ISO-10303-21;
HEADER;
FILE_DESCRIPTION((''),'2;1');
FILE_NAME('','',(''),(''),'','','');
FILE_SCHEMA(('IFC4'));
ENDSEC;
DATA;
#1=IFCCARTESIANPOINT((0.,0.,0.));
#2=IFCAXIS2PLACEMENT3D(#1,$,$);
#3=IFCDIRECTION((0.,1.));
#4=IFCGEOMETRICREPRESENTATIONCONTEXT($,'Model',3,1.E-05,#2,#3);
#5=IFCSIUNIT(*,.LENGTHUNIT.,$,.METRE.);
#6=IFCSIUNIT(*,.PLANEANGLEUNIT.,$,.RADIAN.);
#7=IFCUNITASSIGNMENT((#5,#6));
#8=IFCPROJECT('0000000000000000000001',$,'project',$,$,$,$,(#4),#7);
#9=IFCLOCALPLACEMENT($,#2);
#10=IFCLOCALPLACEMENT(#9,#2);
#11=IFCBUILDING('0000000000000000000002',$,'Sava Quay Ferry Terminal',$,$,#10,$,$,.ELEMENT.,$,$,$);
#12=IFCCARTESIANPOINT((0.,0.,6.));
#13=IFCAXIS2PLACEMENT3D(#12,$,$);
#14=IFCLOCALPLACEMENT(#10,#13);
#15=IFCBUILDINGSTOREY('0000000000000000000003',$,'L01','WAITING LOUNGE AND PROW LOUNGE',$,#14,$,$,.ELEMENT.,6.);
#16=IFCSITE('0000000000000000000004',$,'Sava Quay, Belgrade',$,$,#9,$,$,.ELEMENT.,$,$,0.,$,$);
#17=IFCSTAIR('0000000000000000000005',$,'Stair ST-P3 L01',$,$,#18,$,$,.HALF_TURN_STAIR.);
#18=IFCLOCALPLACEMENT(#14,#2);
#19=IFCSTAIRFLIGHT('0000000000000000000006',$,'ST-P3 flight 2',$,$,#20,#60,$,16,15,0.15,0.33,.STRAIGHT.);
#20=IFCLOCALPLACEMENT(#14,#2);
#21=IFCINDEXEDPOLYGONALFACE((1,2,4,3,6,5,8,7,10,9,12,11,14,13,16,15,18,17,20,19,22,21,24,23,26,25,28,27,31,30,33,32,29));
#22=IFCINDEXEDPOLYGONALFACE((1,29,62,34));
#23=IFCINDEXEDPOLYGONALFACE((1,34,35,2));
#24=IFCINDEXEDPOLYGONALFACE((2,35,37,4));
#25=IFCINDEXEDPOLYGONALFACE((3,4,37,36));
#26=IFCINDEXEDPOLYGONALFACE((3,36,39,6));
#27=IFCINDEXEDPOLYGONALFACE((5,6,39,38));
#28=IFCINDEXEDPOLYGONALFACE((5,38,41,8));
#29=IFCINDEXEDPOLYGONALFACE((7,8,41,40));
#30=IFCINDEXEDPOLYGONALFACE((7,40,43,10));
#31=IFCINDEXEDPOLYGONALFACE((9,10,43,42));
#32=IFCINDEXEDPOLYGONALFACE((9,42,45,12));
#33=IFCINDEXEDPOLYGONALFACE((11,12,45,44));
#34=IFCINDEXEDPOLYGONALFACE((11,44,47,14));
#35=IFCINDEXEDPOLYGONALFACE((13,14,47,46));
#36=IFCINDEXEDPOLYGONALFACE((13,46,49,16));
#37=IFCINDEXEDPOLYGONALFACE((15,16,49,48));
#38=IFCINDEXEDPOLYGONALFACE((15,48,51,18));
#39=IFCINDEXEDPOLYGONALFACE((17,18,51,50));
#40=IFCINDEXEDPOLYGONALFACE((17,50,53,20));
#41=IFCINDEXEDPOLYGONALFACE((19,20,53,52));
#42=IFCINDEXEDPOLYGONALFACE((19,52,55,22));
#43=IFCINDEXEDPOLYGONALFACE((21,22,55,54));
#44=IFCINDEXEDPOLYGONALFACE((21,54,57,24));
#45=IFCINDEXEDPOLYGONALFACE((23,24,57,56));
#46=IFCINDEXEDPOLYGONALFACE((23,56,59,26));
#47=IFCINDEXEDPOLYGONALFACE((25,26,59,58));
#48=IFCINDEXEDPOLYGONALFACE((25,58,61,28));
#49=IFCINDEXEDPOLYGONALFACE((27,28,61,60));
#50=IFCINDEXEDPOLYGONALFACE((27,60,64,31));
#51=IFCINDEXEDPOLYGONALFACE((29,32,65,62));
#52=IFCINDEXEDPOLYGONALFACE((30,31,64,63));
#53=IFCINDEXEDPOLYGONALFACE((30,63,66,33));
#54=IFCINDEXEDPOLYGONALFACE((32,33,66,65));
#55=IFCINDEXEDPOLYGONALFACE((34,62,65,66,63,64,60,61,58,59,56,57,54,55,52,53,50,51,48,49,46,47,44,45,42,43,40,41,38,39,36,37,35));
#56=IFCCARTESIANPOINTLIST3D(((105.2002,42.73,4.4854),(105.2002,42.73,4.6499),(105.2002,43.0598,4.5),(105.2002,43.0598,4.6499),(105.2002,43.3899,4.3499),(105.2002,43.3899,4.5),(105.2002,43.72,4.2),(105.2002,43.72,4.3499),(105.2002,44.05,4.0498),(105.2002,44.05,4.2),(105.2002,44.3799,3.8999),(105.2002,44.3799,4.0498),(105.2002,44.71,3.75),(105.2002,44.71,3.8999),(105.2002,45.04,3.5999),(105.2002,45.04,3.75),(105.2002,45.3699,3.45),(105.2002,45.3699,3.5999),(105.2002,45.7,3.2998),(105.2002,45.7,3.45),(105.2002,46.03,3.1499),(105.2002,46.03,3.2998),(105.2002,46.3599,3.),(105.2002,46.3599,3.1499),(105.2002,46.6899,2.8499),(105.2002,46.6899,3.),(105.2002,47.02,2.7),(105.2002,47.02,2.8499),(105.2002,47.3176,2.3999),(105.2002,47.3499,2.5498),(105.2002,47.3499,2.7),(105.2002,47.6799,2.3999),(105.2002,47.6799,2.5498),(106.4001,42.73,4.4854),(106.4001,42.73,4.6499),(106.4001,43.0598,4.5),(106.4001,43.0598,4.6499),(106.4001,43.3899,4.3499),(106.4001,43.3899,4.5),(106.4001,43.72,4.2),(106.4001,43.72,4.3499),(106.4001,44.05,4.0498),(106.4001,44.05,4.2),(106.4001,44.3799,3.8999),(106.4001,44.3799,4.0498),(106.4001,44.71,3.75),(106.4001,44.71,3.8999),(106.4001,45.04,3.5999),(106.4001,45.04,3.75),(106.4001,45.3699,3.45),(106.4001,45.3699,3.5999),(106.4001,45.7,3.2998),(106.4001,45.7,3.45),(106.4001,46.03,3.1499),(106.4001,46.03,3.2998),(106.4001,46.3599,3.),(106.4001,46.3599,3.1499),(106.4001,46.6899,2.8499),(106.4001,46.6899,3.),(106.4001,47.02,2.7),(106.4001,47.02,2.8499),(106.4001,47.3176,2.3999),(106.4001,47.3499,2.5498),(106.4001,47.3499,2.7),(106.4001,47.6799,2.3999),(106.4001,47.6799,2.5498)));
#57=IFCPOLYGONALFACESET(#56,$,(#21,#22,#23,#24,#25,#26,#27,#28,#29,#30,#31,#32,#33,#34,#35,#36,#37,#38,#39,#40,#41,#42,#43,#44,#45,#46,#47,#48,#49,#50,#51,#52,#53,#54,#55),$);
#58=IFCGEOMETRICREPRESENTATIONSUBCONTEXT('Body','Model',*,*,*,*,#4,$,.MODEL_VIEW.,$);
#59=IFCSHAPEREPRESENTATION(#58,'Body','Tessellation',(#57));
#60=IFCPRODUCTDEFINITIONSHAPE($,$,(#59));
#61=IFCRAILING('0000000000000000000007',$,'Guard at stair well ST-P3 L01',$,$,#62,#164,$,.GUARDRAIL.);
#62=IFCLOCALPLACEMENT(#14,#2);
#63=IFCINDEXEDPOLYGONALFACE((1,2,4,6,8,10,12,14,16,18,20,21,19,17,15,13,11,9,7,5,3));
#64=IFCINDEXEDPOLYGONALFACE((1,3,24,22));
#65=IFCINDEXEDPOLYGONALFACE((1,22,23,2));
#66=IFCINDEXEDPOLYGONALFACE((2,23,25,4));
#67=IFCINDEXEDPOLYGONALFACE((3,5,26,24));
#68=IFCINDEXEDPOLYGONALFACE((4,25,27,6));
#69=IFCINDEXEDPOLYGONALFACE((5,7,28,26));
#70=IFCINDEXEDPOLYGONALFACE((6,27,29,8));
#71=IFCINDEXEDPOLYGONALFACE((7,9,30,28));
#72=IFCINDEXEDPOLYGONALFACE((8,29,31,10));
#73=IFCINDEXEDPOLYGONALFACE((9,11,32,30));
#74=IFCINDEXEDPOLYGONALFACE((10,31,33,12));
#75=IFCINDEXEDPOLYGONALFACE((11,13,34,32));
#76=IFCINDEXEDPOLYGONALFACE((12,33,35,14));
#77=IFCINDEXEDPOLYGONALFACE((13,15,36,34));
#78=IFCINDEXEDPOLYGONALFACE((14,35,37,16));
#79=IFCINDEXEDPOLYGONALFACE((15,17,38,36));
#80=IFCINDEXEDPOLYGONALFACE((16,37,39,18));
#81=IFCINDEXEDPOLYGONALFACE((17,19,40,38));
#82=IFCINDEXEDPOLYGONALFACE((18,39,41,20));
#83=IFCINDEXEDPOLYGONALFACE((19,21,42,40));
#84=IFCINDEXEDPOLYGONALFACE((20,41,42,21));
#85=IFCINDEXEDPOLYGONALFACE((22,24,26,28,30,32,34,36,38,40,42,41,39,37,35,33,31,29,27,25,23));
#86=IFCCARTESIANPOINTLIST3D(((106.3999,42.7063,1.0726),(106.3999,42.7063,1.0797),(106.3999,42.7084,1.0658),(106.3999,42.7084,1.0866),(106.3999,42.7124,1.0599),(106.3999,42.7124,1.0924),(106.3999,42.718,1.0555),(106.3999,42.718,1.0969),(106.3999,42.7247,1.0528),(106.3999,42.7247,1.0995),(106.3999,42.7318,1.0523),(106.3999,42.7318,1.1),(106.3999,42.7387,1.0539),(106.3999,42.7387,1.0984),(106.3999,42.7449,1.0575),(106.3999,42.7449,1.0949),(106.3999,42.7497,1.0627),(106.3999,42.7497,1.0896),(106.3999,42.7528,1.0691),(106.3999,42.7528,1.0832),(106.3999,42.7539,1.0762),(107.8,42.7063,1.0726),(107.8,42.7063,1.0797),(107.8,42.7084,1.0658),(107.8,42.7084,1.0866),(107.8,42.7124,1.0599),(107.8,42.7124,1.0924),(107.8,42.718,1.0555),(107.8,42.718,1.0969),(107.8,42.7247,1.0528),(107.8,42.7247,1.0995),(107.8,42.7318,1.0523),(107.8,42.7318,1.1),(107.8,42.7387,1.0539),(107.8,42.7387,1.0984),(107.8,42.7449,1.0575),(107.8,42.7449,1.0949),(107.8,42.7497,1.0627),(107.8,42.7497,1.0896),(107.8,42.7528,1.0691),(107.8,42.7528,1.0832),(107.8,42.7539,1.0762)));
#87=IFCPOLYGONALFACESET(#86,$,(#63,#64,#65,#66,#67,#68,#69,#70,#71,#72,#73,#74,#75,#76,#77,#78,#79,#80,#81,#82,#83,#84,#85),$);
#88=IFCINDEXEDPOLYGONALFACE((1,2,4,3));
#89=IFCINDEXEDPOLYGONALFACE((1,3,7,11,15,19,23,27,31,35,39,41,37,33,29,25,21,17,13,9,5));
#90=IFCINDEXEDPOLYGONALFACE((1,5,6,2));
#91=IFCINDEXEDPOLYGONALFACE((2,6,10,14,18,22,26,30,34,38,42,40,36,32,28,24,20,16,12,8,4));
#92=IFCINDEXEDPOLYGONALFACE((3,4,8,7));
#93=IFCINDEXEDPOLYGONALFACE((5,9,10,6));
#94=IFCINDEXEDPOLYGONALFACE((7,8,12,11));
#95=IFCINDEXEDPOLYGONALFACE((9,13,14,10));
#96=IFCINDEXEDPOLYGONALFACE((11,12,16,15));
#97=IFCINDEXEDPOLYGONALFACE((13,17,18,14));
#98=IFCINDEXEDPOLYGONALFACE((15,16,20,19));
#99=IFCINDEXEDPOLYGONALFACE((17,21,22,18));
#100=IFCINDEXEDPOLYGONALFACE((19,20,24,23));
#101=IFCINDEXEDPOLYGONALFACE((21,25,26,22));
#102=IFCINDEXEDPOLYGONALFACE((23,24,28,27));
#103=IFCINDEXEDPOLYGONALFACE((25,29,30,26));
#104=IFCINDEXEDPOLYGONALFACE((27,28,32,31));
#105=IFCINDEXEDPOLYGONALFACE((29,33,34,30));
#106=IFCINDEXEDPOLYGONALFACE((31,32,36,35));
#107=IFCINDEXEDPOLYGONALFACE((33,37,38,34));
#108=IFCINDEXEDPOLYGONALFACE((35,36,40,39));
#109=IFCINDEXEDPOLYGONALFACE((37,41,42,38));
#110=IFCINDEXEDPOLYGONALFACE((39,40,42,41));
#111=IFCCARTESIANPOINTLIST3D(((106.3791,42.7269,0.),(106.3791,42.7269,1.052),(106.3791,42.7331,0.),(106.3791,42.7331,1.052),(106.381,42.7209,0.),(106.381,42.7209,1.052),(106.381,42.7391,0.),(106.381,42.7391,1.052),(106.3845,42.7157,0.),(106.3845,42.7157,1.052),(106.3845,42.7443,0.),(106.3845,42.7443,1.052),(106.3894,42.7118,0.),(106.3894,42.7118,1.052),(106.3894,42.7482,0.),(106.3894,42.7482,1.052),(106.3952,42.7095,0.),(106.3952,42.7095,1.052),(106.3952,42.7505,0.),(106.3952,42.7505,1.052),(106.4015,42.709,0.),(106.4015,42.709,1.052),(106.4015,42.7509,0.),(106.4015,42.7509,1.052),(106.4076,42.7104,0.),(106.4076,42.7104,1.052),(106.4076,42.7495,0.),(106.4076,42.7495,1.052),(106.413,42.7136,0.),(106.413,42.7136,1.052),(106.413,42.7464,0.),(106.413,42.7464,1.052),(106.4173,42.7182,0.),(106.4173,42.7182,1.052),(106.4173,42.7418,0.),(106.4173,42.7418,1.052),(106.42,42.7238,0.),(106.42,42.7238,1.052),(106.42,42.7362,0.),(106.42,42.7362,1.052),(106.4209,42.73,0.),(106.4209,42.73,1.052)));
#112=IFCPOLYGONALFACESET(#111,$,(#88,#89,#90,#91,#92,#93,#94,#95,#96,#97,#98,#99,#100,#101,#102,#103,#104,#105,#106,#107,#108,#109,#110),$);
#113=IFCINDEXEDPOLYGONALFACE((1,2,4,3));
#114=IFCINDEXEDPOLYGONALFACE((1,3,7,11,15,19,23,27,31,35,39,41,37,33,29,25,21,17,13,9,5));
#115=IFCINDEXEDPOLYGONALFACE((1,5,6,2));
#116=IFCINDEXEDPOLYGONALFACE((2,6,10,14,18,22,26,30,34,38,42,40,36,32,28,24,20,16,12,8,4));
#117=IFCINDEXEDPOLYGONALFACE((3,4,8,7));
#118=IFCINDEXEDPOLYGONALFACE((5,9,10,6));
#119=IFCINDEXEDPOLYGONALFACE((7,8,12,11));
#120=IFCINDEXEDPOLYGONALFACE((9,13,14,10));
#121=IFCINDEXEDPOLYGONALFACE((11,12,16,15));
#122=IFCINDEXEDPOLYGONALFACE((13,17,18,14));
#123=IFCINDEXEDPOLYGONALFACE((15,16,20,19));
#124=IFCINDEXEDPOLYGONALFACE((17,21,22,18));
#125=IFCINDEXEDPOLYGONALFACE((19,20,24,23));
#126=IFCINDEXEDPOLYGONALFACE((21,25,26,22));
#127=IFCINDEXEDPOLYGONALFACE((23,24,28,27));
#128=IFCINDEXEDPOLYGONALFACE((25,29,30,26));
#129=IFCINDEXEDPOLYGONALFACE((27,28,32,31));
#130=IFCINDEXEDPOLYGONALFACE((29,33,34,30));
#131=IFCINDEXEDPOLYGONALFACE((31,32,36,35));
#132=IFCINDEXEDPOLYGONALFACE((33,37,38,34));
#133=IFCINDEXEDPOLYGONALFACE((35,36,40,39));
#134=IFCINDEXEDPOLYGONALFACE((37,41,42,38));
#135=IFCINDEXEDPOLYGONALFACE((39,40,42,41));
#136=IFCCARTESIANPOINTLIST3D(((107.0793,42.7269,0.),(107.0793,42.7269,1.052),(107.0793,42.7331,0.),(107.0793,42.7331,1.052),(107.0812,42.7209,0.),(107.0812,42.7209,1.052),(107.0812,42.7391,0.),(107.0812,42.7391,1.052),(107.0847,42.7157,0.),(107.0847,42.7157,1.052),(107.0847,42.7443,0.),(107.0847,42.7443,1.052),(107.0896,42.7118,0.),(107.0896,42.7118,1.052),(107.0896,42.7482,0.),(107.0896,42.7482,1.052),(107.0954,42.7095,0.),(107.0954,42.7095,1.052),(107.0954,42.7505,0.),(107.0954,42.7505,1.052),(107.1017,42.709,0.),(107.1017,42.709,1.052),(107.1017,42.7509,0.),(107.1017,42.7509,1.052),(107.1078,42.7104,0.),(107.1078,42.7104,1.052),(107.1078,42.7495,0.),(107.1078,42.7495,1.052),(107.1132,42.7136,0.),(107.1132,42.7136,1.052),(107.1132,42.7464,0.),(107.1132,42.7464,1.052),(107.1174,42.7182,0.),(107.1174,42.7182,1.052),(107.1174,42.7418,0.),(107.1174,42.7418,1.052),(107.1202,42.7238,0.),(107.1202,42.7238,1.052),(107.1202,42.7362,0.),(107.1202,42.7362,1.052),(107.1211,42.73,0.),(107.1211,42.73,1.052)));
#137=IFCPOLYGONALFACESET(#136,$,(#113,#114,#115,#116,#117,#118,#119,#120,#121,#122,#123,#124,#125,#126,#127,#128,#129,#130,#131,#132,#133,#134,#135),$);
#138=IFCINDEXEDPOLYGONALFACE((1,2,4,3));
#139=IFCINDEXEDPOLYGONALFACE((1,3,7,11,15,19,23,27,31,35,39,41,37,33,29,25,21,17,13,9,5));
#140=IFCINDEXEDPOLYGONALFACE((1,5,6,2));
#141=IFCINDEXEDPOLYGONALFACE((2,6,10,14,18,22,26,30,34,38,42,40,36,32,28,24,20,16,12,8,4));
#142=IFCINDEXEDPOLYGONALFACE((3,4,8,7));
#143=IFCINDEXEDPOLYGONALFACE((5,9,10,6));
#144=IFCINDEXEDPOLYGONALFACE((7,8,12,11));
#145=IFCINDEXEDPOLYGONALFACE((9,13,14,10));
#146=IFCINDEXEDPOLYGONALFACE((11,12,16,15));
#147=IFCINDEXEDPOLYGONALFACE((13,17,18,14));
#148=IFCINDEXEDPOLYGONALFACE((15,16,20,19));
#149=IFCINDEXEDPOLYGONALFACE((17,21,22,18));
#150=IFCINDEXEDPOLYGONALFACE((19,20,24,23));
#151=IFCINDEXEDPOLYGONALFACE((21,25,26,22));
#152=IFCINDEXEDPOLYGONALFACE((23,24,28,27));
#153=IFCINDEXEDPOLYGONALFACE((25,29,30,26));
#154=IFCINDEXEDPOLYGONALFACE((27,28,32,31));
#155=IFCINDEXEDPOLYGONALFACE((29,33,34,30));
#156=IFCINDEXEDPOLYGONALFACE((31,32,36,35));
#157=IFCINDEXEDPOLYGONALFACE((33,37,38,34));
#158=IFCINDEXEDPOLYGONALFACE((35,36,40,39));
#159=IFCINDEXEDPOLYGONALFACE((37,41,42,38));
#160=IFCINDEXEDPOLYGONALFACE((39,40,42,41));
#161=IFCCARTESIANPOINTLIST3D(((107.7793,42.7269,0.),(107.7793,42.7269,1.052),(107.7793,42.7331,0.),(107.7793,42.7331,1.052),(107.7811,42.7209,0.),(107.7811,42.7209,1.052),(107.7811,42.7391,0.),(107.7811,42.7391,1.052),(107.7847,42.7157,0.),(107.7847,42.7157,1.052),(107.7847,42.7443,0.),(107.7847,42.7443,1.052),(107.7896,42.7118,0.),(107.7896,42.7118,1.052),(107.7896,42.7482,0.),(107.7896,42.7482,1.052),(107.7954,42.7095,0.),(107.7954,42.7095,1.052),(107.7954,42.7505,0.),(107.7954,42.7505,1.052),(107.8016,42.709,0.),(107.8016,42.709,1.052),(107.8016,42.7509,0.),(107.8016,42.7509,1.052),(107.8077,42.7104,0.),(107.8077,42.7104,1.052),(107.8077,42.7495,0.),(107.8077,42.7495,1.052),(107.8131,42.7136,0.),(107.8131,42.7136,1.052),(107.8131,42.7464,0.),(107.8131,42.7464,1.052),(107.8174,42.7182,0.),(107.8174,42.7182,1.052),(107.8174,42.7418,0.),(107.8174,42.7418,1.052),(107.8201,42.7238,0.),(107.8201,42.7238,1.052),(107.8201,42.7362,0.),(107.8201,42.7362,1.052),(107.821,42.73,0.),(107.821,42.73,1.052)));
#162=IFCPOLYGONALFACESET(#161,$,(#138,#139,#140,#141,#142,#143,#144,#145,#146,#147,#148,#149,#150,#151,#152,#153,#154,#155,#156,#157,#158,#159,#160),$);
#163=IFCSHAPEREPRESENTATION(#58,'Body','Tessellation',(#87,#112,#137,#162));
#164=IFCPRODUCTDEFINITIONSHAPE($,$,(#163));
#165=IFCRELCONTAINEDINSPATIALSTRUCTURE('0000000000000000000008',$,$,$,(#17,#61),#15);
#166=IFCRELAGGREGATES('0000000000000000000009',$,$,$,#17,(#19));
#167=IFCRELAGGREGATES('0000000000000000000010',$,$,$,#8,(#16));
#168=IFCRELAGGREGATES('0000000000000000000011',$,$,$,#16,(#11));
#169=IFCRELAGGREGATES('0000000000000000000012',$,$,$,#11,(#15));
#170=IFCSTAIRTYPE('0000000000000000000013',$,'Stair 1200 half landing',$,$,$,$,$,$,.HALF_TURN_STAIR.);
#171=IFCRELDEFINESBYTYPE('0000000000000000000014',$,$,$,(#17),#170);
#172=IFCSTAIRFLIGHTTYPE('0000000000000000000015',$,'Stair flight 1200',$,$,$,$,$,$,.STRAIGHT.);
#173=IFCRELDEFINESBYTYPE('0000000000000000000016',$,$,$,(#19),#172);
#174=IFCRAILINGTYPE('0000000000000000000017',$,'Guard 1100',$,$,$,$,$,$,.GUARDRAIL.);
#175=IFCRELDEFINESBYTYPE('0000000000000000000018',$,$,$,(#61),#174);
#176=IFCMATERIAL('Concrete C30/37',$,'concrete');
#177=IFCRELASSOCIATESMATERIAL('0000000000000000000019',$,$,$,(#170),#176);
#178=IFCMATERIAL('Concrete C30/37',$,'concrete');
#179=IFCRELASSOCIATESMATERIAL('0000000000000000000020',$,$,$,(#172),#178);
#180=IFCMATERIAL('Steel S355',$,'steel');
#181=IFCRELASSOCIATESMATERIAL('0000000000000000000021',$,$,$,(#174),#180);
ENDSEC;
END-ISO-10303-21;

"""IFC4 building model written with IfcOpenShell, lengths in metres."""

from ifc_helpers import new_model, si_unit, direction, frame, origin, origin_2d, place, context, subcontext, project, spatial, polyline, circle, outline, extrude, material, type_object, element, aggregate, save


model = new_model("IFC4")

# Units and contexts
model_context = context("Model", 3, precision=1e-05, world=origin(), true_north=direction((0.0, 1.0)))
body_context = subcontext(model_context, "Body", "Model", "MODEL_VIEW")
ifc_project = project(units=[si_unit("LENGTHUNIT", "METRE"), si_unit("PLANEANGLEUNIT", "RADIAN")], contexts=[model_context])

# Site, building, storey
site_placement = place(None, origin())
site = spatial("IfcSite", under=ifc_project, at=site_placement, Name="Sava Quay, Belgrade", CompositionType="ELEMENT", RefElevation=0.0)
building_placement = place(site_placement, origin())
building = spatial("IfcBuilding", under=site, at=building_placement, Name="Sava Quay Ferry Terminal", CompositionType="ELEMENT")
storey_placement = place(building_placement, frame((0.0, 0.0, 6.0)))
storey = spatial("IfcBuildingStorey", under=building, at=storey_placement, Name="L01", Description="WAITING LOUNGE AND PROW LOUNGE", CompositionType="ELEMENT", Elevation=6.0)

# Stair, stair flight
ifc_material_1 = material(Name="Concrete C30/37", Category="concrete")
stair_type = type_object("IfcStairType", Name="Stair 1200 half landing", PredefinedType="HALF_TURN_STAIR", material=ifc_material_1)
stair_placement = place(storey_placement, origin())
stair = element("IfcStair", 1, at=stair_placement, inside=storey, type_object=stair_type, Name="Stair ST-P3 L01", PredefinedType="HALF_TURN_STAIR")
ifc_material_2 = material(Name="Concrete C30/37", Category="concrete")
stair_flight_type = type_object("IfcStairFlightType", Name="Stair flight 1200", PredefinedType="STRAIGHT", material=ifc_material_2)
stair_flight_1_placement = place(storey_placement, frame((105.8, 47.6799, 2.3999), z_axis=(0.0, 0.0, 1.0), x_axis=(0.0, -1.0, 0.0)))
stair_flight_1 = element("IfcStairFlight", 2, at=stair_flight_1_placement, type_object=stair_flight_type, Name="ST-P3 flight 2", NumberOfRisers=16, NumberOfTreads=15, PredefinedType="STRAIGHT", RiserHeight=0.15, TreadLength=0.33, context=body_context, shape_type="SweptSolid", body=[
    extrude(outline(polyline([(0.0, 0.0), (0.0, 0.1499), (0.3301, 0.1499), (0.3301, 0.3), (0.6599, 0.3), (0.6599, 0.45), (0.99, 0.45), (0.99, 0.6001), (1.3201, 0.6001), (1.3201, 0.75), (1.6499, 0.75), (1.6499, 0.8999), (1.98, 0.8999), (1.98, 1.05), (2.3101, 1.05), (2.3101, 1.2), (2.6399, 1.2), (2.6399, 1.3501), (2.97, 1.3501), (2.97, 1.5), (3.3, 1.5), (3.3, 1.6499), (3.6299, 1.6499), (3.6299, 1.8), (3.96, 1.8), (3.96, 1.95), (4.29, 1.95), (4.29, 2.1001), (4.6201, 2.1001), (4.6201, 2.25), (4.95, 2.25), (4.95, 2.3999), (4.95, 2.0854), (0.3623, 0.0), (0.0, 0.0)])), frame((0.0, 0.6001, 0.0), z_axis=(0.0, -1.0, 0.0), x_axis=(1.0, 0.0, 0.0)), (0.0, 0.0, 1.0), 1.2),
])
aggregate(stair, [stair_flight_1])

# Railing
ifc_material_3 = material(Name="Steel S355", Category="steel")
railing_type_1 = type_object("IfcRailingType", Name="Guard 1100", PredefinedType="GUARDRAIL", material=ifc_material_3)
railing_1_placement = place(storey_placement, frame((106.3999, 42.73, 0.0)))
element("IfcRailing", 3, at=railing_1_placement, inside=storey, type_object=railing_type_1, Name="Guard at stair well ST-P3 L01", PredefinedType="GUARDRAIL", context=body_context, shape_type="SweptSolid", body=[
    extrude(circle(Radius=0.0239, at=origin_2d()), frame((0.0, 0.0, 1.0762), z_axis=(1.0, 0.0, 0.0), x_axis=(0.0, 1.0, 0.0)), (0.0, 0.0, 1.0), 1.4001),
    extrude(circle(Radius=0.021, at=origin_2d()), origin(), (0.0, 0.0, 1.0), 1.052),
    extrude(circle(Radius=0.021, at=origin_2d()), frame((0.7002, 0.0, 0.0)), (0.0, 0.0, 1.0), 1.052),
    extrude(circle(Radius=0.021, at=origin_2d()), frame((1.4001, 0.0, 0.0)), (0.0, 0.0, 1.0), 1.052),
])

save(model, "model.ifc")
